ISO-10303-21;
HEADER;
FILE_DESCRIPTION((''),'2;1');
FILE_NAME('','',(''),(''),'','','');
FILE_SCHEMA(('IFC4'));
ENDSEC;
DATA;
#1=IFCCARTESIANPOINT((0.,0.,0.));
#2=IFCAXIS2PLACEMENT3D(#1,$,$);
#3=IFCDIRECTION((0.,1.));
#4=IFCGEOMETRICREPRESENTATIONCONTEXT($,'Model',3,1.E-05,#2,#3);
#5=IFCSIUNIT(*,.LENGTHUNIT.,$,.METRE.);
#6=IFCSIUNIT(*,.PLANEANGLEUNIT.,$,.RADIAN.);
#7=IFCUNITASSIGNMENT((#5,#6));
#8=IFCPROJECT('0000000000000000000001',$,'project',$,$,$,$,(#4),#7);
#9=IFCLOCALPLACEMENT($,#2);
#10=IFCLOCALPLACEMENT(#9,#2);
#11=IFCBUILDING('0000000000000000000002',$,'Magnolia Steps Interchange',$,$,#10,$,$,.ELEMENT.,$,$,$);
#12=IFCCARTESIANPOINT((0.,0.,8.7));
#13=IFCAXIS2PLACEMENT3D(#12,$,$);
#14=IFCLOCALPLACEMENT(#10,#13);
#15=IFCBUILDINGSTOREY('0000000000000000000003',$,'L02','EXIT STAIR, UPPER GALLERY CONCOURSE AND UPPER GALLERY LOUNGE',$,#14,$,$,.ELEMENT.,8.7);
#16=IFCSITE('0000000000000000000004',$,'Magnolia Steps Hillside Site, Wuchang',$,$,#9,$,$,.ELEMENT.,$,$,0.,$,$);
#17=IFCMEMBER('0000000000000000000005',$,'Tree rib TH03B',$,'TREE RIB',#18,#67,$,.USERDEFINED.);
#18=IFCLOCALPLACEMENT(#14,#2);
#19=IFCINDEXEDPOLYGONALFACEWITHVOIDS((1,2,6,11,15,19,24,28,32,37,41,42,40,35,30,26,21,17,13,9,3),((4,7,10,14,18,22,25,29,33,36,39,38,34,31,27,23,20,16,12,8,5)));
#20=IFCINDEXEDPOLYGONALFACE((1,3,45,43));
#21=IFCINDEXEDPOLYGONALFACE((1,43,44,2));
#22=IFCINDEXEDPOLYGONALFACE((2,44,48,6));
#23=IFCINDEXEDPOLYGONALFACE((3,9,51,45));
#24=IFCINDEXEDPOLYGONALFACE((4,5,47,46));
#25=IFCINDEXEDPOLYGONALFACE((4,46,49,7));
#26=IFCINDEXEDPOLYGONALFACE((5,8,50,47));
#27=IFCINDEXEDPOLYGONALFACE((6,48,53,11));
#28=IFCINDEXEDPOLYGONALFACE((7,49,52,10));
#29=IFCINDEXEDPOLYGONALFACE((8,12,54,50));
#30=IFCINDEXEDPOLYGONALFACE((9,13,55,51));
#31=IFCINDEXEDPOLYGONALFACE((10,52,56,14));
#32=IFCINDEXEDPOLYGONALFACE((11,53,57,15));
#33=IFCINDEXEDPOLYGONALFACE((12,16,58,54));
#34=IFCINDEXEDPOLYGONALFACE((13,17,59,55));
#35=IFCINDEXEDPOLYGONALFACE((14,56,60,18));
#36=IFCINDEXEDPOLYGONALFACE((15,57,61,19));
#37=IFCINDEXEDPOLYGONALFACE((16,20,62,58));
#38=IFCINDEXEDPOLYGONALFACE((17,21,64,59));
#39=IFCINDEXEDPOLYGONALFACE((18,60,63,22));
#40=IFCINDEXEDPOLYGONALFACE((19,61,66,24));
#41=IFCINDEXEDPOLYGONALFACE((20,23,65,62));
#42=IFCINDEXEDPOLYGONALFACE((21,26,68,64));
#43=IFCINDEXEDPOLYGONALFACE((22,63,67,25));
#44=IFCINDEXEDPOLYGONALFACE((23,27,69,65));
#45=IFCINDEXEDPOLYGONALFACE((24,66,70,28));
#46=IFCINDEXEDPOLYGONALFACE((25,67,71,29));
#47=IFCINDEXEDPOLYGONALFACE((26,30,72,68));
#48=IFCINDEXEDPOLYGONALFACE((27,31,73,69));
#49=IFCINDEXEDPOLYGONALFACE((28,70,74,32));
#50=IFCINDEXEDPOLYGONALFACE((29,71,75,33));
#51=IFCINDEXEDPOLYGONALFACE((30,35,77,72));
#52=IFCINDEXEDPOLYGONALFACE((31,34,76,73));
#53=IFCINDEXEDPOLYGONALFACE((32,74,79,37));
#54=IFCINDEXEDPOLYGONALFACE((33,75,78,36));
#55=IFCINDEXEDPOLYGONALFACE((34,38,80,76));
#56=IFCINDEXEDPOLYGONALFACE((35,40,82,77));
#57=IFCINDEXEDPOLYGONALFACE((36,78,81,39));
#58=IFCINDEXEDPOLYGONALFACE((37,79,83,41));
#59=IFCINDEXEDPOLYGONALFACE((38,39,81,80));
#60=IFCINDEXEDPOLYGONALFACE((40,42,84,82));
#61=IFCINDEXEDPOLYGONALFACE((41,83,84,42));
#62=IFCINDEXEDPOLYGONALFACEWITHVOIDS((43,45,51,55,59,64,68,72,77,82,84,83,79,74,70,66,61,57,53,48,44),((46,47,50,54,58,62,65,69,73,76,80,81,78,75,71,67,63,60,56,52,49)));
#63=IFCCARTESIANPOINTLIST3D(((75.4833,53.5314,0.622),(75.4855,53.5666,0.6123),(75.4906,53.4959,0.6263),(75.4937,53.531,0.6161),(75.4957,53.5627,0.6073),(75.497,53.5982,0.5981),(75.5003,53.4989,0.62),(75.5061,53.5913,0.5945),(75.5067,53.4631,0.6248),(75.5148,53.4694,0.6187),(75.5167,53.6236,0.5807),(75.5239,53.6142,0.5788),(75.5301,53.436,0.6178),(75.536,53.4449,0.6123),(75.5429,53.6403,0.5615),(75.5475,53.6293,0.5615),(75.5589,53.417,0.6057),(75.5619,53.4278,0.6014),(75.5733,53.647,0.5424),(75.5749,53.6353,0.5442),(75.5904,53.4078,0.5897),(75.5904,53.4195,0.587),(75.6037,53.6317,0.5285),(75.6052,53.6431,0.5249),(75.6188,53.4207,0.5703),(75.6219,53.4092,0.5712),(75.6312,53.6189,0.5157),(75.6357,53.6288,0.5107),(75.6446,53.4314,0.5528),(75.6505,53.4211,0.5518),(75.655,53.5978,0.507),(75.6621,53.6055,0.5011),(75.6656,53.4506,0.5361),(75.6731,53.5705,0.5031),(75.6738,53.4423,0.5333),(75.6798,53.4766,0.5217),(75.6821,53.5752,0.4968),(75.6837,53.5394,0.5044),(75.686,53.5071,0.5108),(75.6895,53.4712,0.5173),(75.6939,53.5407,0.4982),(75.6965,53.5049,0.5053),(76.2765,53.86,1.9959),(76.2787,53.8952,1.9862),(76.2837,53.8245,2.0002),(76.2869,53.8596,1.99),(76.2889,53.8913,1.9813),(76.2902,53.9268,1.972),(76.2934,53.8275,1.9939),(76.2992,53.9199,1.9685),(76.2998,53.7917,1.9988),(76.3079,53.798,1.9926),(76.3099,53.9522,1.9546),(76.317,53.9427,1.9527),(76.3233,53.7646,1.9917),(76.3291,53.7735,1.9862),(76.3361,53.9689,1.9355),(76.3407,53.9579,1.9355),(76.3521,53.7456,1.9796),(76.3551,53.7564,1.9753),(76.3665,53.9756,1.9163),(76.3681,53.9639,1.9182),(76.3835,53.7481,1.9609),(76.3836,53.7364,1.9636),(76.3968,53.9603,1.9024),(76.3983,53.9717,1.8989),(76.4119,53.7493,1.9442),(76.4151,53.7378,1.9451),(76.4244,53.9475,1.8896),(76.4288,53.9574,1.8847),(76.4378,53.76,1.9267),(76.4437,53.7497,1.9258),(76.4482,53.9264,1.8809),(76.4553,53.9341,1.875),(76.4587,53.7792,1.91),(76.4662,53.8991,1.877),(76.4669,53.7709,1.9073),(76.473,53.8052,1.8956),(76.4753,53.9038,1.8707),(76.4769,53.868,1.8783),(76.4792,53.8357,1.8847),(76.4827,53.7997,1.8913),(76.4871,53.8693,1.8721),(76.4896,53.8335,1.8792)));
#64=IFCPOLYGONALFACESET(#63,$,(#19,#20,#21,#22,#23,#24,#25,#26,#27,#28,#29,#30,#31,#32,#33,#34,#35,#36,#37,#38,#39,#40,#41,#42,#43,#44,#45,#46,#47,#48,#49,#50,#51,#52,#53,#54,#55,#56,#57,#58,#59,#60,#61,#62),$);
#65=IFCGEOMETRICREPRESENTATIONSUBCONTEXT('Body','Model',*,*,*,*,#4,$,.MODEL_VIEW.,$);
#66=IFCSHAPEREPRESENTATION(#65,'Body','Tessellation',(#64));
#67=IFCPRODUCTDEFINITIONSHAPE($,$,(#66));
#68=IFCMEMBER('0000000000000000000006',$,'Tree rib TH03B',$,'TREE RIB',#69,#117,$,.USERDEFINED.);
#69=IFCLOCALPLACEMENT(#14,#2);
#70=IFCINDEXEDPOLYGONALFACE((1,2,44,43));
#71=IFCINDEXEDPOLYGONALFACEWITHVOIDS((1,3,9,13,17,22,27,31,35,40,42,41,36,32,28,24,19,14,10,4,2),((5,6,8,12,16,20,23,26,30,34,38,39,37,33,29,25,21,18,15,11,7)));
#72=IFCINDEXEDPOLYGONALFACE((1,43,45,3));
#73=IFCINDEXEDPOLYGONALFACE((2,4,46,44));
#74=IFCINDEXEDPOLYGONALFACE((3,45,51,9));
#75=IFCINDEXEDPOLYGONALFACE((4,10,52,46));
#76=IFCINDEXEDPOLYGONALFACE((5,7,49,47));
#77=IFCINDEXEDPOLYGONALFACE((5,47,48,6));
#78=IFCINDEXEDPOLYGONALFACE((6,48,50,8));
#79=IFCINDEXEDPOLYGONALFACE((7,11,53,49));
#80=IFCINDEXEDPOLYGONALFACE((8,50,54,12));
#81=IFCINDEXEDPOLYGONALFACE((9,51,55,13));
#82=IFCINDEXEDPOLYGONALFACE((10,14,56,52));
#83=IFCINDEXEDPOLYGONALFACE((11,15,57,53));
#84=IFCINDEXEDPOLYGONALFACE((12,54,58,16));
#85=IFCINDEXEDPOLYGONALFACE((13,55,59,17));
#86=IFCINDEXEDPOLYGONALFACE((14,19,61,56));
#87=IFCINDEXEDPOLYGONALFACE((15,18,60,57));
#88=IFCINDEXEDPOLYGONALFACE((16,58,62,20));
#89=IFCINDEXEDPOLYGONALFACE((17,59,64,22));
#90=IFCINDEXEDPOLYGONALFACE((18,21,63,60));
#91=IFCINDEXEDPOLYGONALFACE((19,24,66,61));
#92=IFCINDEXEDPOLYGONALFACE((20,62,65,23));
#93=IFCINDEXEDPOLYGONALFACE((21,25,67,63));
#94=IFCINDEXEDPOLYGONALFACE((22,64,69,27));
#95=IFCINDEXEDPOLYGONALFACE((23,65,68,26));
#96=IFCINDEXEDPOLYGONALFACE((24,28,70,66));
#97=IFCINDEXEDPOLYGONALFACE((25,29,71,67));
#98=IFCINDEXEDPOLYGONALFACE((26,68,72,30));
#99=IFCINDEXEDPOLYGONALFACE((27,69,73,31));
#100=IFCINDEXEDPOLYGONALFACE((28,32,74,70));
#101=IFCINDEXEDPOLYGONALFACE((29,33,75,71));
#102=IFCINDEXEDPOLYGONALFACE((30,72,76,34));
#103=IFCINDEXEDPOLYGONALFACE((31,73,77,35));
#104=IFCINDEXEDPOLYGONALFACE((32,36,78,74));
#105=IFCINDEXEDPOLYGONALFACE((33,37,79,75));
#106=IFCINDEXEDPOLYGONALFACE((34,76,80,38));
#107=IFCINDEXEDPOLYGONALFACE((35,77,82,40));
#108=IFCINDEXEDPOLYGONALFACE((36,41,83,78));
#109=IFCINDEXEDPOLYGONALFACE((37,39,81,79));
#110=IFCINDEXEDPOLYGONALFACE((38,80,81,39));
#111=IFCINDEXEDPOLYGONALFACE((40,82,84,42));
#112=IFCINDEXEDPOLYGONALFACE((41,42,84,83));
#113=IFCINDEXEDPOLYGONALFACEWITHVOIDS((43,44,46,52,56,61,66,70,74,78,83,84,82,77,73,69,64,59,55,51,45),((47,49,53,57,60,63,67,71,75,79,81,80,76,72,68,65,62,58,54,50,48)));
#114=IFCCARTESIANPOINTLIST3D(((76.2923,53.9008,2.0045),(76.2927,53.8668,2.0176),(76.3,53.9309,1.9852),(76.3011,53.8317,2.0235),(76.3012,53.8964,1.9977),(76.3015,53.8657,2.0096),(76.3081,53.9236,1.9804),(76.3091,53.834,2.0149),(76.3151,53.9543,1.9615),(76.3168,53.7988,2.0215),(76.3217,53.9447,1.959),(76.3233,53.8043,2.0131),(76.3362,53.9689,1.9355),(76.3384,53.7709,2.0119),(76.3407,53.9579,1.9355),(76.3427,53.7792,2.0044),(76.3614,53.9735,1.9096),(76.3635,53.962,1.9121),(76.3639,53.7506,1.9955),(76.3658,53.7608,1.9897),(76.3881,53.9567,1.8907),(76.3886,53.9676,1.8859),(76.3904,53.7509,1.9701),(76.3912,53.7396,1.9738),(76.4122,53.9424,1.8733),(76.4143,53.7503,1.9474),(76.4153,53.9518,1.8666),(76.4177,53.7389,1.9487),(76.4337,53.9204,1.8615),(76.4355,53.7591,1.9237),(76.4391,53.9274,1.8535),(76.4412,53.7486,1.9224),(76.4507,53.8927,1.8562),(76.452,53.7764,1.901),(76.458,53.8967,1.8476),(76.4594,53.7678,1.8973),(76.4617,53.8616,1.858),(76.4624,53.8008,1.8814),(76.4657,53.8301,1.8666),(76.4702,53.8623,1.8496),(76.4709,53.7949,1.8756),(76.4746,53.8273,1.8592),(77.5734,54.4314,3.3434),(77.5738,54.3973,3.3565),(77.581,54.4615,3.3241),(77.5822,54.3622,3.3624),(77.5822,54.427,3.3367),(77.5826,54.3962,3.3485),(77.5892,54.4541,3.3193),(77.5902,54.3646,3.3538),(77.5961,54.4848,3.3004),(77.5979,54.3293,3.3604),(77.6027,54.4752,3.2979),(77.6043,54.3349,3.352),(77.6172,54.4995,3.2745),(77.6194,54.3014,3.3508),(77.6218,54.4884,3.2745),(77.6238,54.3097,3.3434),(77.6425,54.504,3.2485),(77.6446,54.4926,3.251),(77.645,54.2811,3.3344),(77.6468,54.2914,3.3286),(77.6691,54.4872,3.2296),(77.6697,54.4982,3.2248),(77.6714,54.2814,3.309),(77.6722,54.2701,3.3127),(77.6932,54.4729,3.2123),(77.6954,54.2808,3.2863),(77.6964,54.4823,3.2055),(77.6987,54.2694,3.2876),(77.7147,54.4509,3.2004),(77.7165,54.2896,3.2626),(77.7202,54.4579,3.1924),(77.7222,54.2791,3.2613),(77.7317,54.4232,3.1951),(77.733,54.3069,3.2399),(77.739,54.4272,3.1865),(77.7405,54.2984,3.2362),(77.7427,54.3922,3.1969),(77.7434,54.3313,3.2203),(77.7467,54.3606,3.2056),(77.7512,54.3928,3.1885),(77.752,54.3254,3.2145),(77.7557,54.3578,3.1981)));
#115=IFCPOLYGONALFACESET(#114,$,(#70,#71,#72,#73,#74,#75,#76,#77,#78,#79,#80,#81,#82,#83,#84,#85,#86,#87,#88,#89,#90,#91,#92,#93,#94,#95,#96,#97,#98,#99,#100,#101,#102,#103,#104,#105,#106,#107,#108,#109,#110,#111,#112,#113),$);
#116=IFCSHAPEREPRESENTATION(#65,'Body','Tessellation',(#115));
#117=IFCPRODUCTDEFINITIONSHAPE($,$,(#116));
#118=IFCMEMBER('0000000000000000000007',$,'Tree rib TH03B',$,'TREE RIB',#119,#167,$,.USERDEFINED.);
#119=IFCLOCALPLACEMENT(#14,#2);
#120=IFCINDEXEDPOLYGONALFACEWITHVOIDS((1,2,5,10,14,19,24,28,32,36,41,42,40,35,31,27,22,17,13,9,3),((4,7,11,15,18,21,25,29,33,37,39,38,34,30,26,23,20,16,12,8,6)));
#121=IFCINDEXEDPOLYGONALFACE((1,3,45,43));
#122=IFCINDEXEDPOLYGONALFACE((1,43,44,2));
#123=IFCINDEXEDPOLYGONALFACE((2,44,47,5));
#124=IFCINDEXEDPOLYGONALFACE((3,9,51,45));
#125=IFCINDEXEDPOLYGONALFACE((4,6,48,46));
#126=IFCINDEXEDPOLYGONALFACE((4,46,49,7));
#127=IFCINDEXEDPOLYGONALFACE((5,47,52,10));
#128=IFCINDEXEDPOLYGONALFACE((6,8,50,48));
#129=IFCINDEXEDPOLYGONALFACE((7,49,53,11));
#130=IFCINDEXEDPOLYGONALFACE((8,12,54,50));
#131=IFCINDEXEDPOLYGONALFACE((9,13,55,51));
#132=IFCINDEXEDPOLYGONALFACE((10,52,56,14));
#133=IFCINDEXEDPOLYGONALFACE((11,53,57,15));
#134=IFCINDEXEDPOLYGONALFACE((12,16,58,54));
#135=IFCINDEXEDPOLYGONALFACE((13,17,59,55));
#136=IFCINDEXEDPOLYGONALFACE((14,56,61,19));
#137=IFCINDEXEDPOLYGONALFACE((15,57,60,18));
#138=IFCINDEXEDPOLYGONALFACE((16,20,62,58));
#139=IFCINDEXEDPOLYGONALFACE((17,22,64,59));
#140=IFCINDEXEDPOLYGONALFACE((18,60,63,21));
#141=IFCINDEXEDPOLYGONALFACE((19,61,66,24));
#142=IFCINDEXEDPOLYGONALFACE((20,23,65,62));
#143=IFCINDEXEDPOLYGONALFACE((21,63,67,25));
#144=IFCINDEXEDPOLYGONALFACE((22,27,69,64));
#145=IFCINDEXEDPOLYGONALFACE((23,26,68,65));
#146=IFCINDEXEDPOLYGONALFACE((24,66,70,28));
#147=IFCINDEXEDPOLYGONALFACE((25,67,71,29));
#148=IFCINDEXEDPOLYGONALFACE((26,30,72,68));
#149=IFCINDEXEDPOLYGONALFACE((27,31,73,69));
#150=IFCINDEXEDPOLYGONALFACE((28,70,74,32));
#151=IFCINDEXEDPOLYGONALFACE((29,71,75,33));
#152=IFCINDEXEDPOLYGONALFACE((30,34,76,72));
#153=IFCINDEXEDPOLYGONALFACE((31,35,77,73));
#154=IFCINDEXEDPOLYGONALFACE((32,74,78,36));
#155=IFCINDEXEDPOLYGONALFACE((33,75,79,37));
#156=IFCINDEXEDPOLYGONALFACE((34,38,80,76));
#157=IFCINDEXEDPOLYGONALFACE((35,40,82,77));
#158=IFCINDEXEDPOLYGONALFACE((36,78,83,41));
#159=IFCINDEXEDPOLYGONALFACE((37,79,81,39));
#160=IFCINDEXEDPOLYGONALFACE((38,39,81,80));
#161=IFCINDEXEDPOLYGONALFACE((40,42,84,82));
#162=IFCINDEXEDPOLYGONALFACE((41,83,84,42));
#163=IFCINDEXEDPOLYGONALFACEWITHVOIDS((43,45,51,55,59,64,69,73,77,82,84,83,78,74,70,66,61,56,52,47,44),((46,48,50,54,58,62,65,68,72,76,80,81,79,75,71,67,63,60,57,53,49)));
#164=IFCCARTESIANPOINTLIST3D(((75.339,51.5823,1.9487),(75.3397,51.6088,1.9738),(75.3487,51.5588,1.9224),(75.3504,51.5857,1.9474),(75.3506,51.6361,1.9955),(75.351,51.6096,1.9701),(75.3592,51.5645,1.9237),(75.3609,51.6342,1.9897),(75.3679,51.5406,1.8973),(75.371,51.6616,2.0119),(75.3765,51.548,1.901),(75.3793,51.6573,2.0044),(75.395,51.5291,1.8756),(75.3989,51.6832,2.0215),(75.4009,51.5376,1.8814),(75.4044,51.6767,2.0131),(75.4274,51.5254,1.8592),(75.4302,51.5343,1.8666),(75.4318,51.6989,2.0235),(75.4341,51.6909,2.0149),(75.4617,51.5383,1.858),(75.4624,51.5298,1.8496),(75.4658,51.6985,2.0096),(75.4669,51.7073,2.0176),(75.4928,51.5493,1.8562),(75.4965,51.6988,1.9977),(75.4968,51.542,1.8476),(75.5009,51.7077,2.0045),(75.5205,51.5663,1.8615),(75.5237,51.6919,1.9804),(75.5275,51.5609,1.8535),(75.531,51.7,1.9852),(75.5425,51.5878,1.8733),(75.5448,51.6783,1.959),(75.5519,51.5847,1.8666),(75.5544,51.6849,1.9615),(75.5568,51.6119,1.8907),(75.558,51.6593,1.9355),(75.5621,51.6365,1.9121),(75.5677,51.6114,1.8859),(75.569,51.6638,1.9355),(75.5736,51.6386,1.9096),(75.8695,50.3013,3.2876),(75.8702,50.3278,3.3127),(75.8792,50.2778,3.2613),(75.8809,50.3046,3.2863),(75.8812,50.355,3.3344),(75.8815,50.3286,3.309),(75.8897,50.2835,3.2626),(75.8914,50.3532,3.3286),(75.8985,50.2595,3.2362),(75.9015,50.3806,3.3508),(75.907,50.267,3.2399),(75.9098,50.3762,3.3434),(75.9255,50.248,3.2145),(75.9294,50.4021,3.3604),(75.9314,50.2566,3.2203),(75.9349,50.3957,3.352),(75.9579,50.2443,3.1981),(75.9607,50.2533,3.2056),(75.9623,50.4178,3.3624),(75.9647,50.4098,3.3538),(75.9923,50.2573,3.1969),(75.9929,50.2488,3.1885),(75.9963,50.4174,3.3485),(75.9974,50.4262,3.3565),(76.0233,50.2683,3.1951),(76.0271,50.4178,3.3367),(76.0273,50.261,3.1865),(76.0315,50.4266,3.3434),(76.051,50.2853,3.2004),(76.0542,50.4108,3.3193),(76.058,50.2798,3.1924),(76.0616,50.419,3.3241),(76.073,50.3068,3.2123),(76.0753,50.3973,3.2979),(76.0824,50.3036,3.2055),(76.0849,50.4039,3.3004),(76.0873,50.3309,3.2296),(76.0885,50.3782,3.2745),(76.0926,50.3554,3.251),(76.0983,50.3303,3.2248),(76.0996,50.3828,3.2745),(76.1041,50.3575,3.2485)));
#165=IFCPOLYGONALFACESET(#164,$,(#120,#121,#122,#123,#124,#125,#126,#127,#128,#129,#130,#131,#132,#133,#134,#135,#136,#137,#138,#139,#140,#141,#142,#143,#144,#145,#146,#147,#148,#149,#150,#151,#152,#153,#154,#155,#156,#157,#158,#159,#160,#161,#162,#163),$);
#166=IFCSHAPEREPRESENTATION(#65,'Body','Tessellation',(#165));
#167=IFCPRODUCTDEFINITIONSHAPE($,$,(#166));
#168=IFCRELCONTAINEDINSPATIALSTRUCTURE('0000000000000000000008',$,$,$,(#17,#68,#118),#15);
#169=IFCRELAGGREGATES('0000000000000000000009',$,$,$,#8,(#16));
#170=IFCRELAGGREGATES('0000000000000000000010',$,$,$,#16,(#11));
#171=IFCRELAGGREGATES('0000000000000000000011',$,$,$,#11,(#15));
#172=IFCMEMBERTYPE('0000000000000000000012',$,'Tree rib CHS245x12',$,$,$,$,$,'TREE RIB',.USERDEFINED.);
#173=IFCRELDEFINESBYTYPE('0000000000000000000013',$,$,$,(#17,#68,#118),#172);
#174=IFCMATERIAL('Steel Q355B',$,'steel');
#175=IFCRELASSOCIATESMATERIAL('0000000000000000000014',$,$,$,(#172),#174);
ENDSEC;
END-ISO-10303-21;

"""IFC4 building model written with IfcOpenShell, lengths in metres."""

from ifc_helpers import new_model, si_unit, direction, frame, origin, origin_2d, place, context, subcontext, project, spatial, hollow_circle, extrude, material, material_profile, profile_set, type_object, element, save


model = new_model("IFC4")

# Units and contexts
model_context = context("Model", 3, precision=1e-05, world=origin(), true_north=direction((0.0, 1.0)))
body_context = subcontext(model_context, "Body", "Model", "MODEL_VIEW")
ifc_project = project(units=[si_unit("LENGTHUNIT", "METRE"), si_unit("PLANEANGLEUNIT", "RADIAN")], contexts=[model_context])

# Site, building, storey
site_placement = place(None, origin())
site = spatial("IfcSite", under=ifc_project, at=site_placement, Name="Magnolia Steps Hillside Site, Wuchang", CompositionType="ELEMENT", RefElevation=0.0)
building_placement = place(site_placement, origin())
building = spatial("IfcBuilding", under=site, at=building_placement, Name="Magnolia Steps Interchange", CompositionType="ELEMENT")
storey_placement = place(building_placement, frame((0.0, 0.0, 8.7)))
storey = spatial("IfcBuildingStorey", under=building, at=storey_placement, Name="L02", Description="EXIT STAIR, UPPER GALLERY CONCOURSE AND UPPER GALLERY LOUNGE", CompositionType="ELEMENT", Elevation=8.7)

# Members
ifc_material_1 = material(Name="Steel Q355B", Category="steel")
ifc_material_profile_1 = material_profile(ifc_material_1, hollow_circle(Radius=0.1226, WallThickness=0.012, at=origin_2d()), Name="CHS245x12")
ifc_profile_set_1 = profile_set([ifc_material_profile_1], Name="Steel Q355B")
member_type = type_object("IfcMemberType", Name="Tree rib CHS245x12", ElementType="TREE RIB", PredefinedType="USERDEFINED", material=ifc_profile_set_1)
member_1_placement = place(storey_placement, frame((75.5898, 53.5271, 0.5615), z_axis=(0.489571, 0.20282, 0.848047), x_axis=(-0.382737, 0.923857, 0.0)))
element("IfcMember", 1, at=member_1_placement, inside=storey, type_object=member_type, Name="Tree rib TH03B", ObjectType="TREE RIB", PredefinedType="USERDEFINED", context=body_context, shape_type="SweptSolid", body=[
    extrude(hollow_circle(Radius=0.1226, WallThickness=0.012, at=origin_2d()), origin(), (0.0, 0.0, 1.0), 1.6201),
])
for number, where, z_axis, x_axis, name in (
    (2, (76.3831, 53.8557, 1.9355), (0.664618, 0.275246, 0.694638), (-0.382627, 0.923903, 0.0), "Tree rib TH03B"),
    (3, (75.4558, 51.6169, 1.9355), (0.275246, -0.664618, 0.694638), (0.923903, 0.382627, 0.0), "Tree rib TH03B"),
):
    element("IfcMember", number, at=place(storey_placement, frame(where, z_axis=z_axis, x_axis=x_axis)), inside=storey, type_object=member_type, Name=name, ObjectType="TREE RIB", PredefinedType="USERDEFINED", context=body_context, shape_type="SweptSolid", body=[
        extrude(hollow_circle(Radius=0.1226, WallThickness=0.012, at=origin_2d()), origin(), (0.0, 0.0, 1.0), 1.9275),
    ])

save(model, "model.ifc")
